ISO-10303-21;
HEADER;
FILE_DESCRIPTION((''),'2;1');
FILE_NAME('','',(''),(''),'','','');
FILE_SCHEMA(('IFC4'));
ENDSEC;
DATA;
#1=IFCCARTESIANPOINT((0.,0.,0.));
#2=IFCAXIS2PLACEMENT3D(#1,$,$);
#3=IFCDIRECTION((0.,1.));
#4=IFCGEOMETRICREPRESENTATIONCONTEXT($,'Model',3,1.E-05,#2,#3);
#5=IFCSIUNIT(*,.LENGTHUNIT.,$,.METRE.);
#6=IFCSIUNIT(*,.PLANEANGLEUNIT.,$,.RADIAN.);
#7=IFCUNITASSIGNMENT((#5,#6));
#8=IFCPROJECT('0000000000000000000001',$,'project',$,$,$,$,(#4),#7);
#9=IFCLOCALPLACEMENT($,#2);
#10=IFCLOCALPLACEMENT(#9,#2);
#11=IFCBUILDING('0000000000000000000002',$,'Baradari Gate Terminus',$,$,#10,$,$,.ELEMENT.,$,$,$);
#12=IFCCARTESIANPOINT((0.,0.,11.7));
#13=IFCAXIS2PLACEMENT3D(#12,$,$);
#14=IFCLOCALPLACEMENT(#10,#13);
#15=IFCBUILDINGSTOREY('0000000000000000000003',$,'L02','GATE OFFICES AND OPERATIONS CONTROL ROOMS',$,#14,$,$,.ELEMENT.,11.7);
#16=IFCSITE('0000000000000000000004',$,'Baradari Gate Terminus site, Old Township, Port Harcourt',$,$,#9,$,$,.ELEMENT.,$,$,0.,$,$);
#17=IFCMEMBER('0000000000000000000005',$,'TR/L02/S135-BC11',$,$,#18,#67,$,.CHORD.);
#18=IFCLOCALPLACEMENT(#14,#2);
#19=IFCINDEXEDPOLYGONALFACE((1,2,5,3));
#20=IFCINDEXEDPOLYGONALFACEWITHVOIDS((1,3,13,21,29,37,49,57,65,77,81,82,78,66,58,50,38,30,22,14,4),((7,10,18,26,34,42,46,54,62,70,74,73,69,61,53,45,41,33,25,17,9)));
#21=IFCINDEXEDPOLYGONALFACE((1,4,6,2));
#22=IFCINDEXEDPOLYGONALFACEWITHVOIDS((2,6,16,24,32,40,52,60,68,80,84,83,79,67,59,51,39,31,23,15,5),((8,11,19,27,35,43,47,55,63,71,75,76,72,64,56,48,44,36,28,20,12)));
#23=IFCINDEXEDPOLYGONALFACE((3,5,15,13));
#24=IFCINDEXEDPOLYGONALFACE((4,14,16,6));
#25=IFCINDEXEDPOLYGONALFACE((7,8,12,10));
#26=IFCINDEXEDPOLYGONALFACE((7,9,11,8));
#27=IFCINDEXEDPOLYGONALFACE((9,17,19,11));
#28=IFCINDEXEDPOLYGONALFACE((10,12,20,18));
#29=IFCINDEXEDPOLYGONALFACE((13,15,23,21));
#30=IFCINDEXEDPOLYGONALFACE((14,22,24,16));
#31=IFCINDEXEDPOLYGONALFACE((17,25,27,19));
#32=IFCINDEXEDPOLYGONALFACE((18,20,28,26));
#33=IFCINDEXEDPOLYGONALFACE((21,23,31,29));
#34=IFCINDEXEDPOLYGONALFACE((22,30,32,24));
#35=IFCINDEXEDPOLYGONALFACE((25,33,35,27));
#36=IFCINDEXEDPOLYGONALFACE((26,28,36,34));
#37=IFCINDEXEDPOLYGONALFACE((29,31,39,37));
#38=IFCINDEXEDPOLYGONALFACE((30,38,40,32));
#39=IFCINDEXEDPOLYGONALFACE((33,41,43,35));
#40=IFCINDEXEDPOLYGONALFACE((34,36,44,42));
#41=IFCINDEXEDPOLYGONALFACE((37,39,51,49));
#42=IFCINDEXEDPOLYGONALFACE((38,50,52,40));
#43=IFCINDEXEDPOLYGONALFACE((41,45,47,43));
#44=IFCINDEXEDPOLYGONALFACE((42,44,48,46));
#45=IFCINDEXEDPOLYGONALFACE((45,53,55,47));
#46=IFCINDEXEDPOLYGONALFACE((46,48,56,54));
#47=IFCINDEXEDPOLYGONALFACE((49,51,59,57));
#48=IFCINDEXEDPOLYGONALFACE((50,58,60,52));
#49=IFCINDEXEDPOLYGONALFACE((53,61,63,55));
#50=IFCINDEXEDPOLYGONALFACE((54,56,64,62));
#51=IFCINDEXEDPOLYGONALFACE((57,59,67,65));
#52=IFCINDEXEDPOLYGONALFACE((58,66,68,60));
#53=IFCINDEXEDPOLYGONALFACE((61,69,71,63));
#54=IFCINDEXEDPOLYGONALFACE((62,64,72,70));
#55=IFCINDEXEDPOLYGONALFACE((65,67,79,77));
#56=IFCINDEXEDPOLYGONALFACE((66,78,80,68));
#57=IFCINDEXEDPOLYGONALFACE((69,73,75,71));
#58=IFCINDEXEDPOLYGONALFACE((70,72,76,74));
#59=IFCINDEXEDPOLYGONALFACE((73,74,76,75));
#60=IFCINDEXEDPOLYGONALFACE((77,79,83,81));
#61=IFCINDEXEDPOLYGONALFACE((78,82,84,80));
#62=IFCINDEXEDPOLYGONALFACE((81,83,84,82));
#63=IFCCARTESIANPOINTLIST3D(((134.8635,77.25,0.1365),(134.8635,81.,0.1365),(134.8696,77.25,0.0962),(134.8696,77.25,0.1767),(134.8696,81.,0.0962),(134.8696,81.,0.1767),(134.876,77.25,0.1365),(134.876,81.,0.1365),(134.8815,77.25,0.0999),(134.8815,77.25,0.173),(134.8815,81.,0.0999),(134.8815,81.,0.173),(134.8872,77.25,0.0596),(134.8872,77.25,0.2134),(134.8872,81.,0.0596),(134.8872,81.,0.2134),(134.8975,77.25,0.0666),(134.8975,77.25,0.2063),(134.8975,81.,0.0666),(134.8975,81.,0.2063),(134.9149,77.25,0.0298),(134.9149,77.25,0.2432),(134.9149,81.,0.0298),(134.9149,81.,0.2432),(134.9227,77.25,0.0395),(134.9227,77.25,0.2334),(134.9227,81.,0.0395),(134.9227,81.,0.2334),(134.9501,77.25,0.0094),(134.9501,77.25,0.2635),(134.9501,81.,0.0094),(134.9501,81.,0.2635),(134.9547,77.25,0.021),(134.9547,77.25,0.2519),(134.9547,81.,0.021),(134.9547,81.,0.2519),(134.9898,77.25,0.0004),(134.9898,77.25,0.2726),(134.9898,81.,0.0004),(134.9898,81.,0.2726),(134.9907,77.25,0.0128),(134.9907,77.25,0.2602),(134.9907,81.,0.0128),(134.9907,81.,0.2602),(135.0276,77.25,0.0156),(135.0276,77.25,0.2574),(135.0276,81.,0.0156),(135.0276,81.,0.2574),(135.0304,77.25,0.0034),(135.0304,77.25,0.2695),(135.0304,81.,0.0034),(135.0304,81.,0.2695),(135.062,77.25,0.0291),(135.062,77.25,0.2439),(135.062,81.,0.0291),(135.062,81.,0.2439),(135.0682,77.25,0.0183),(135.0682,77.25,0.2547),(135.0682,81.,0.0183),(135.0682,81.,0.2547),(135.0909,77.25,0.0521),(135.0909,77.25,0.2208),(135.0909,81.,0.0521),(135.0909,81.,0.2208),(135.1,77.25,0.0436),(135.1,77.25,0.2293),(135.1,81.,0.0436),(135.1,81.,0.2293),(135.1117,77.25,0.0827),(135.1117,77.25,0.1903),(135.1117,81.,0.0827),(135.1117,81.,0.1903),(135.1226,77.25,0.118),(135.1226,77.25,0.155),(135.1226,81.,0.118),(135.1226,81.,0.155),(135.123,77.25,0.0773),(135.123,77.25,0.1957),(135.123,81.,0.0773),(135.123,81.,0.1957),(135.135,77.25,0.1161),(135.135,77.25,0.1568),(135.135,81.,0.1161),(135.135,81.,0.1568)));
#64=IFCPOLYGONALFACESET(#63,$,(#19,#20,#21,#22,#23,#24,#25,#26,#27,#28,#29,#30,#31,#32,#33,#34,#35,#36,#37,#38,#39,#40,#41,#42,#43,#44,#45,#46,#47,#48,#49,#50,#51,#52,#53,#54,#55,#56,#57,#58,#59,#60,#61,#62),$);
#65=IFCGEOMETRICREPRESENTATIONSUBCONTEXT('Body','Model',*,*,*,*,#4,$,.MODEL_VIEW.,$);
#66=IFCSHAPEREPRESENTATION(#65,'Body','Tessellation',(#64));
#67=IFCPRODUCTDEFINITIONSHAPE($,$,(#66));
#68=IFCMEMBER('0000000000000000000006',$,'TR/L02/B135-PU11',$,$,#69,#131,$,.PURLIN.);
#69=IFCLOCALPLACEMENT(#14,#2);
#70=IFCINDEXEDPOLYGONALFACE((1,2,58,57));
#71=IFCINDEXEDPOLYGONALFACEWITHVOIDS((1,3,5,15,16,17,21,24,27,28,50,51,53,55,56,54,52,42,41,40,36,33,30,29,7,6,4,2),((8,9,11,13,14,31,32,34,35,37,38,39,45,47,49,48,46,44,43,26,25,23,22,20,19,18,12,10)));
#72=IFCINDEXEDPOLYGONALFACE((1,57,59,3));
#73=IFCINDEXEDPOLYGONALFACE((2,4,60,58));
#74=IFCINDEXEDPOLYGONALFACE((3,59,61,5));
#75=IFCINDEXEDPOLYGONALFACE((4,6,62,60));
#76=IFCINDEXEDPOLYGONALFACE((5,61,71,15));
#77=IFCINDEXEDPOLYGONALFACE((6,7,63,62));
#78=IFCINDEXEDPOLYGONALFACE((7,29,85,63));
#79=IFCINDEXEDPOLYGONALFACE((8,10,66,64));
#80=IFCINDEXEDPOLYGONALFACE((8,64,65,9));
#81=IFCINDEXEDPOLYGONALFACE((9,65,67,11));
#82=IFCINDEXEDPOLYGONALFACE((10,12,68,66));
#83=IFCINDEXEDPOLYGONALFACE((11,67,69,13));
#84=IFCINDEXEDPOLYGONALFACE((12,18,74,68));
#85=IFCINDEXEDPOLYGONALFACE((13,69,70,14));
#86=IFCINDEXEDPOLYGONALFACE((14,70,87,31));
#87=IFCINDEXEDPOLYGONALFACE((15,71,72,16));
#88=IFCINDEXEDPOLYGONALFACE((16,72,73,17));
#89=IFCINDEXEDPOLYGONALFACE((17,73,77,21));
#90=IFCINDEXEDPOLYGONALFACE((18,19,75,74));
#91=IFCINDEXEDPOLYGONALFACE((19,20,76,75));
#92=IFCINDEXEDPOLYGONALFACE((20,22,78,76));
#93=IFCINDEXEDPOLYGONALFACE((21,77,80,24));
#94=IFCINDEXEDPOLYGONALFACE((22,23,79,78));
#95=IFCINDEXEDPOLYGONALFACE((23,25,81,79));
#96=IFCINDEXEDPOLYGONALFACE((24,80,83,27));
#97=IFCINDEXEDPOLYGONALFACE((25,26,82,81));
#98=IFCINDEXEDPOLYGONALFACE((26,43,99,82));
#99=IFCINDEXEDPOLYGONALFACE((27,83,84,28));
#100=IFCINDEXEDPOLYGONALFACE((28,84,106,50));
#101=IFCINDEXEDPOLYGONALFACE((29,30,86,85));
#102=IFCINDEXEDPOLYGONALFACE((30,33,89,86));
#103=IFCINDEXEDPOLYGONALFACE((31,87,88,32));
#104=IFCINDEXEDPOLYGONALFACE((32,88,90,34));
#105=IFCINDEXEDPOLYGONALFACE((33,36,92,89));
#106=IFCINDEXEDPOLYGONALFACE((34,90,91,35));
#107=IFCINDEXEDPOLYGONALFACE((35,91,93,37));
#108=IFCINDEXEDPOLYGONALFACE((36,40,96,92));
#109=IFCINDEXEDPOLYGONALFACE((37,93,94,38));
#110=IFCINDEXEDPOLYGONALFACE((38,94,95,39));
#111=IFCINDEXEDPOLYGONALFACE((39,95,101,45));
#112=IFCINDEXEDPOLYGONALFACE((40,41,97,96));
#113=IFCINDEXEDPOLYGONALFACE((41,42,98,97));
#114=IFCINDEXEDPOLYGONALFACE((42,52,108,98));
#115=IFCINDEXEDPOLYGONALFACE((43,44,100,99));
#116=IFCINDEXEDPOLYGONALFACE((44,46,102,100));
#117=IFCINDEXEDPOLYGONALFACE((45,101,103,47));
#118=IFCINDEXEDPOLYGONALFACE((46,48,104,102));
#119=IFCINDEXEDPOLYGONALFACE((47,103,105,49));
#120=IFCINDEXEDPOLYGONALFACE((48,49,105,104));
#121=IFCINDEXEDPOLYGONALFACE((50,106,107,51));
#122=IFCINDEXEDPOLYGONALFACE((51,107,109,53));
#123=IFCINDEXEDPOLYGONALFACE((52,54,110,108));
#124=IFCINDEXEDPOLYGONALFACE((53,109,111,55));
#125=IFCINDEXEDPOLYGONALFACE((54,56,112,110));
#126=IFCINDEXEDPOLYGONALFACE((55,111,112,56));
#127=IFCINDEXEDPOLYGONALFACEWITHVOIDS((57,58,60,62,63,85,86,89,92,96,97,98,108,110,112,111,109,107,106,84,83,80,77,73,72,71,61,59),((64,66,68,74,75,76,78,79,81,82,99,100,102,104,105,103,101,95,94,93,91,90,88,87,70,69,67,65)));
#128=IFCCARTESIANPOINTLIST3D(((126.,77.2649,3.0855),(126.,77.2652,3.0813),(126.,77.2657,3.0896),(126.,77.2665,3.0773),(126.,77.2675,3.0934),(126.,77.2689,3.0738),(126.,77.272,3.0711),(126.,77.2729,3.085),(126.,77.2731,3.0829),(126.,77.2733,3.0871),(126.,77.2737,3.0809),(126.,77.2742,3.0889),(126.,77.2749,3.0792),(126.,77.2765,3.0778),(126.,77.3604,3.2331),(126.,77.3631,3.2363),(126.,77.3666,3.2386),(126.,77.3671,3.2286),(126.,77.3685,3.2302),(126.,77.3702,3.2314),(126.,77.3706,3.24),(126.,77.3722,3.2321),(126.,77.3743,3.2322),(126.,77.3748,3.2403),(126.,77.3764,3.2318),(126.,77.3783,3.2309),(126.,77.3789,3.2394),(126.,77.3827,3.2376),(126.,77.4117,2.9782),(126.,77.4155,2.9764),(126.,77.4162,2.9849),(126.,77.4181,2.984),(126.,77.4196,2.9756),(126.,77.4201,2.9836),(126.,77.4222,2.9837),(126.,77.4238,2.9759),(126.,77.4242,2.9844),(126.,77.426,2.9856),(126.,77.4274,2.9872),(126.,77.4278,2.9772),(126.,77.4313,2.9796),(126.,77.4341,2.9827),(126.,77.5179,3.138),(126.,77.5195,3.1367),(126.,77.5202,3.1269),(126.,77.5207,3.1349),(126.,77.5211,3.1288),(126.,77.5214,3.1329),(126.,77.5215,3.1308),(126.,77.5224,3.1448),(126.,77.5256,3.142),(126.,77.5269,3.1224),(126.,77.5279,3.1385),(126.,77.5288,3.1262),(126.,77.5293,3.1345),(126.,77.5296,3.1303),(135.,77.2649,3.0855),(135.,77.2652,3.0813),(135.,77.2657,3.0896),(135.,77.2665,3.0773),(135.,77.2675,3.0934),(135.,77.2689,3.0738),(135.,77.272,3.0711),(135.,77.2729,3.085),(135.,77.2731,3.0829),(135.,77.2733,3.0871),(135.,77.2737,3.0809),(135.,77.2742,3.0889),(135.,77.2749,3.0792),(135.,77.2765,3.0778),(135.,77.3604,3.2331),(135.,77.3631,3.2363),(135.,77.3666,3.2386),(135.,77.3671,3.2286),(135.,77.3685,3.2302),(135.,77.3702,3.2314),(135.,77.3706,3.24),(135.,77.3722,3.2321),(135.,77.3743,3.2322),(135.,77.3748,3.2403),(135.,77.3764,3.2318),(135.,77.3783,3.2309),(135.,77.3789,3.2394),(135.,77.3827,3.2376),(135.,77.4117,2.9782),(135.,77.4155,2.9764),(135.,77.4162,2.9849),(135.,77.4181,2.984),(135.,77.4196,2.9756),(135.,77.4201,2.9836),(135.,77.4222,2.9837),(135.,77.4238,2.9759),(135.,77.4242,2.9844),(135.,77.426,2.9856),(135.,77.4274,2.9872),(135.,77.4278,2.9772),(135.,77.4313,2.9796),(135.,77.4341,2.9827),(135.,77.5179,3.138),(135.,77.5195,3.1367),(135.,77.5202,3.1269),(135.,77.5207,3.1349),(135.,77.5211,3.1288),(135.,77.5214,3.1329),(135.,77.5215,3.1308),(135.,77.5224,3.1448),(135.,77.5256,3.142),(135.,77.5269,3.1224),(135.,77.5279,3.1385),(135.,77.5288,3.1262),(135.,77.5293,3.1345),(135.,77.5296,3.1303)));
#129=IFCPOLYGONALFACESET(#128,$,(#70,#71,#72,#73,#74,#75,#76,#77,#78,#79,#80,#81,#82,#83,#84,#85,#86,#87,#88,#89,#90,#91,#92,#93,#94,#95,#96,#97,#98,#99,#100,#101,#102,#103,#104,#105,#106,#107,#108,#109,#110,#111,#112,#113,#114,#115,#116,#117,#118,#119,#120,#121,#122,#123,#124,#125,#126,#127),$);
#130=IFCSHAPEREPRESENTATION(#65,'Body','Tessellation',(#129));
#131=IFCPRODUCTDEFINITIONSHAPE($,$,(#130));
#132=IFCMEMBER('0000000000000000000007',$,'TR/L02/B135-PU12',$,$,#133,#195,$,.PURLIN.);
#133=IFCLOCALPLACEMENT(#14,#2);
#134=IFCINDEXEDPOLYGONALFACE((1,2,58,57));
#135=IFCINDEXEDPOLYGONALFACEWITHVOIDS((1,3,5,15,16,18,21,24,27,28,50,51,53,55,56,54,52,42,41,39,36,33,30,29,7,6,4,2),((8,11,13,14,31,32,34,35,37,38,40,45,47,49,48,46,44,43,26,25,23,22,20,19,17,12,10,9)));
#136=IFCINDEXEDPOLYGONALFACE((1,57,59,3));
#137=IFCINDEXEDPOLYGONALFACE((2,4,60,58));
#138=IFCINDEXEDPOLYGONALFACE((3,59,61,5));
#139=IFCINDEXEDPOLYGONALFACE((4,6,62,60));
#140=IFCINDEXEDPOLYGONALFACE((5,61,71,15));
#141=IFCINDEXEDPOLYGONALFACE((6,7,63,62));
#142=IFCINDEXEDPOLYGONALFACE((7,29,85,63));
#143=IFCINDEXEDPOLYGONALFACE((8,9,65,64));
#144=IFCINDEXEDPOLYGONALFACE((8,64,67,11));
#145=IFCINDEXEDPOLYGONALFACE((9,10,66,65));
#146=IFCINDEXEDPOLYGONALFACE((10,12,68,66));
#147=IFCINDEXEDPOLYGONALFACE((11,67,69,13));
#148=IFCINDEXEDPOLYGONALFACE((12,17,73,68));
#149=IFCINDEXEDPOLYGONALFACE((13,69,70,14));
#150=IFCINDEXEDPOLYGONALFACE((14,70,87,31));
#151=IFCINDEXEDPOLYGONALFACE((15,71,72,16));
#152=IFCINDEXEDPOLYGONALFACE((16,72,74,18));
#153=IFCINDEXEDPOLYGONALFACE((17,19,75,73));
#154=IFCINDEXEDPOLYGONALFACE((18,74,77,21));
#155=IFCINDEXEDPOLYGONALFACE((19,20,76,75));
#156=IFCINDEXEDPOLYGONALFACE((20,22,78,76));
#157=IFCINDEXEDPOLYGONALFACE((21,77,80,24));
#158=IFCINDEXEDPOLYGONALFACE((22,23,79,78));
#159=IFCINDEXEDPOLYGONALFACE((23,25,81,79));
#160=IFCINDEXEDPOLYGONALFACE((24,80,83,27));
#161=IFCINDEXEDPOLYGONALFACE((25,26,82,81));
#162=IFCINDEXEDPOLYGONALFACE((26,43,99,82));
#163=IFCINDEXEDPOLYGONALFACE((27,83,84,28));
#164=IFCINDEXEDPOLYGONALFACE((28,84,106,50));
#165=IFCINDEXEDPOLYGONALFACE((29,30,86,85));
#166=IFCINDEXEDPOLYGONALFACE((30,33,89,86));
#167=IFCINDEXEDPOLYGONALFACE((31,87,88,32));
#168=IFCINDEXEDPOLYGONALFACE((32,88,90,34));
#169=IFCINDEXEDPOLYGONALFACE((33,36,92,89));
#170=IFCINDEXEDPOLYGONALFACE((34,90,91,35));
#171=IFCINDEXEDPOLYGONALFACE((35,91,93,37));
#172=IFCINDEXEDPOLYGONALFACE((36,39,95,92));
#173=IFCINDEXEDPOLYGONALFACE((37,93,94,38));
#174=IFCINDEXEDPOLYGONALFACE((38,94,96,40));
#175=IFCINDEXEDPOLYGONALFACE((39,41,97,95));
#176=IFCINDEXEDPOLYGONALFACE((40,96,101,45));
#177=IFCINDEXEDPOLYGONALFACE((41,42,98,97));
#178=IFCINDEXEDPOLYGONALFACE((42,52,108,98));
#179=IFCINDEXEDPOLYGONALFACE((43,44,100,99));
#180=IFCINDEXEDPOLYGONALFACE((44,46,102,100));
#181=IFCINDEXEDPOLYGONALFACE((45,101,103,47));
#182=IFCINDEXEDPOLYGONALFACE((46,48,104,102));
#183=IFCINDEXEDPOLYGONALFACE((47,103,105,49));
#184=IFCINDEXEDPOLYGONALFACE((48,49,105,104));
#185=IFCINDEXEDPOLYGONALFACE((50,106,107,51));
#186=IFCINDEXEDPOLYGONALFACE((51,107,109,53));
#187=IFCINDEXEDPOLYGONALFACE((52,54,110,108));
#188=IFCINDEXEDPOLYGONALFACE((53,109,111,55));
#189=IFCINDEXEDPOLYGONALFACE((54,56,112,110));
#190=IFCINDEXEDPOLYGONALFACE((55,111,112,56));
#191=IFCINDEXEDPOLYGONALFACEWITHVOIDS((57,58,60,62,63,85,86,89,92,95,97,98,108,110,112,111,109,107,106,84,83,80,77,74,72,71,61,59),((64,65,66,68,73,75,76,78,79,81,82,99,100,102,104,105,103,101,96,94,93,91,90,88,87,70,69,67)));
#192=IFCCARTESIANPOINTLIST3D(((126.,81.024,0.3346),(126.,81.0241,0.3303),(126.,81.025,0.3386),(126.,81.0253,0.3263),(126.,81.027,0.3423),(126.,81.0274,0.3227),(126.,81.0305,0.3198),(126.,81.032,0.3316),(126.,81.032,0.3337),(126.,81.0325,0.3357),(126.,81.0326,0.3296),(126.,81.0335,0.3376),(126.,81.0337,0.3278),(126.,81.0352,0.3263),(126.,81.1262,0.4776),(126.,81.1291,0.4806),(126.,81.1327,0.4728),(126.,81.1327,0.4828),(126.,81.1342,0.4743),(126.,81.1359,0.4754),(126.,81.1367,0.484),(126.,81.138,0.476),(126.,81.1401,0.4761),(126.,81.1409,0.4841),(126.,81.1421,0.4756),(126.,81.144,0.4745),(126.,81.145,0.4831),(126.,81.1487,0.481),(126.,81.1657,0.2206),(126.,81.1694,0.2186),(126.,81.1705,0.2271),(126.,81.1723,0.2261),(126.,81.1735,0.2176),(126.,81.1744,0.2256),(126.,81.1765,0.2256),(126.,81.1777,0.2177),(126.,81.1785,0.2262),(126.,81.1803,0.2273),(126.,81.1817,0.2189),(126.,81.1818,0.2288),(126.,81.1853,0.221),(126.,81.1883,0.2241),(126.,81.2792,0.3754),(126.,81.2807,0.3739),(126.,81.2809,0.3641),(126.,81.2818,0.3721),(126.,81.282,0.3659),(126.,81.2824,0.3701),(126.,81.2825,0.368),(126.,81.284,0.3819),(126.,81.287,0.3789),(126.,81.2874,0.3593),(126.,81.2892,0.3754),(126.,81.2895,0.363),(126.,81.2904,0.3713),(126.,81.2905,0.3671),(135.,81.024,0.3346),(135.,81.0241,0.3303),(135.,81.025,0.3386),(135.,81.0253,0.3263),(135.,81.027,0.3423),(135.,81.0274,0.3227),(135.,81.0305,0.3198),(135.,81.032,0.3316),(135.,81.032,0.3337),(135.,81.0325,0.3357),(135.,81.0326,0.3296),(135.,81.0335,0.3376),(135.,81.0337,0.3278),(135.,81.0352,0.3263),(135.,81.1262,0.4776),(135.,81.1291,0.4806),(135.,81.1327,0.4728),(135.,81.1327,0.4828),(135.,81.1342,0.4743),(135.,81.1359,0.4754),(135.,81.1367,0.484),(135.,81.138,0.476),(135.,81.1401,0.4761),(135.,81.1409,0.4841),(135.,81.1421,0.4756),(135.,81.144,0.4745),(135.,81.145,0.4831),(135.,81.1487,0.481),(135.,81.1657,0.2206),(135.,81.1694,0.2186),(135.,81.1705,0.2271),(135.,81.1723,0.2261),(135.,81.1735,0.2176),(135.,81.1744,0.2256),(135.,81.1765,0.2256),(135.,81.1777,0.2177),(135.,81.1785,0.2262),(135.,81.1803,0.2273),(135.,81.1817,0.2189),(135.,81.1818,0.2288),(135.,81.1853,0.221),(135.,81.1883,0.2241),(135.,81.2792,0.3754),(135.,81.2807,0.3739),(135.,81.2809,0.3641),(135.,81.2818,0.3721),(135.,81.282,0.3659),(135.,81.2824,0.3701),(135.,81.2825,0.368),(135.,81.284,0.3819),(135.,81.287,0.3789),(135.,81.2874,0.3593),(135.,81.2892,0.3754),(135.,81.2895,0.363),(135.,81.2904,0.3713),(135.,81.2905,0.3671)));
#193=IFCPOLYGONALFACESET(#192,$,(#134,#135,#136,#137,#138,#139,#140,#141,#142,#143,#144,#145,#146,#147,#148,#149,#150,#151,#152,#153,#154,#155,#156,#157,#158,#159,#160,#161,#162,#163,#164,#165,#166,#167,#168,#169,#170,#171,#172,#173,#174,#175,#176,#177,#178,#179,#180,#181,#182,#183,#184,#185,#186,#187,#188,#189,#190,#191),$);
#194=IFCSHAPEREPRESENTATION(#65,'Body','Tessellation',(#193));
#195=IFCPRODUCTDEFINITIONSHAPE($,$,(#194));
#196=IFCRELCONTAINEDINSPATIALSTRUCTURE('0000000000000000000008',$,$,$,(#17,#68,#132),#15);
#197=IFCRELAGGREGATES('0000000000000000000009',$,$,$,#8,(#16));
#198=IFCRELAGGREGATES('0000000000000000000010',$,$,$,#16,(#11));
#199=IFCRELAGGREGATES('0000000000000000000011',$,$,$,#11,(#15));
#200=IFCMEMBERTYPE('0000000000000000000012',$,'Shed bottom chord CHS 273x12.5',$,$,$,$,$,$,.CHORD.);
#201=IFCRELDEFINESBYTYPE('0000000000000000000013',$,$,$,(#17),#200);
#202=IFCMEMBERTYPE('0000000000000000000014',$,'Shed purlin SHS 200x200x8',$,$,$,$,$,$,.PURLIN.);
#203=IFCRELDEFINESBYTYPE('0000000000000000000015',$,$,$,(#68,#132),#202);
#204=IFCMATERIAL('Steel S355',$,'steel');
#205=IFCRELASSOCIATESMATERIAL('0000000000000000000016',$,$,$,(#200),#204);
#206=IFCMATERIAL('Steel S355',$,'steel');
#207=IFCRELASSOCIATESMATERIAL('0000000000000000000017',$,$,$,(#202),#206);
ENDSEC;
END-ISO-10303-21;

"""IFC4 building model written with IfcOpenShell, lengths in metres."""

from ifc_helpers import new_model, si_unit, direction, frame, origin, origin_2d, place, context, subcontext, project, spatial, hollow_rectangle, hollow_circle, extrude, material, material_profile, profile_set, type_object, element, save


model = new_model("IFC4")

# Units and contexts
model_context = context("Model", 3, precision=1e-05, world=origin(), true_north=direction((0.0, 1.0)))
body_context = subcontext(model_context, "Body", "Model", "MODEL_VIEW")
ifc_project = project(units=[si_unit("LENGTHUNIT", "METRE"), si_unit("PLANEANGLEUNIT", "RADIAN")], contexts=[model_context])

# Site, building, storey
site_placement = place(None, origin())
site = spatial("IfcSite", under=ifc_project, at=site_placement, Name="Baradari Gate Terminus site, Old Township, Port Harcourt", CompositionType="ELEMENT", RefElevation=0.0)
building_placement = place(site_placement, origin())
building = spatial("IfcBuilding", under=site, at=building_placement, Name="Baradari Gate Terminus", CompositionType="ELEMENT")
storey_placement = place(building_placement, frame((0.0, 0.0, 11.7)))
storey = spatial("IfcBuildingStorey", under=building, at=storey_placement, Name="L02", Description="GATE OFFICES AND OPERATIONS CONTROL ROOMS", CompositionType="ELEMENT", Elevation=11.7)

# Members
ifc_material_1 = material(Name="Steel S355", Category="steel")
ifc_material_profile_1 = material_profile(ifc_material_1, hollow_circle(Radius=0.1365, WallThickness=0.0125, at=origin_2d()), Name="CHS 273x12.5")
ifc_profile_set_1 = profile_set([ifc_material_profile_1], Name="Steel S355")
member_type_1 = type_object("IfcMemberType", Name="Shed bottom chord CHS 273x12.5", PredefinedType="CHORD", material=ifc_profile_set_1)
for number, where, z_axis, x_axis, name in (
    (1, (135.0, 77.25, 0.1365), (0.0, 1.0, 0.0), (-1.0, 0.0, 0.0), "TR/L02/S135-BC11"),
):
    element("IfcMember", number, at=place(storey_placement, frame(where, z_axis=z_axis, x_axis=x_axis)), inside=storey, type_object=member_type_1, Name=name, PredefinedType="CHORD", context=body_context, shape_type="SweptSolid", body=[
        extrude(hollow_circle(Radius=0.1365, WallThickness=0.0125, at=origin_2d()), origin(), (0.0, 0.0, 1.0), 3.75),
    ])
ifc_material_2 = material(Name="Steel S355", Category="steel")
ifc_material_profile_2 = material_profile(ifc_material_2, hollow_rectangle(XDim=0.2, YDim=0.2, WallThickness=0.0081, InnerFilletRadius=0.0081, OuterFilletRadius=0.0161, at=origin_2d()), Name="SHS 200x200x8")
ifc_profile_set_2 = profile_set([ifc_material_profile_2], Name="Steel S355")
member_type_2 = type_object("IfcMemberType", Name="Shed purlin SHS 200x200x8", PredefinedType="PURLIN", material=ifc_profile_set_2)
for number, where, z_axis, x_axis, name in (
    (2, (126.0, 77.3972, 3.1079), (1.0, 0.0, 0.0), (0.0, 0.832836, -0.553519), "TR/L02/B135-PU11"),
    (3, (126.0, 81.1572, 0.3508), (1.0, 0.0, 0.0), (0.0, 0.806405, -0.591364), "TR/L02/B135-PU12"),
):
    element("IfcMember", number, at=place(storey_placement, frame(where, z_axis=z_axis, x_axis=x_axis)), inside=storey, type_object=member_type_2, Name=name, PredefinedType="PURLIN", context=body_context, shape_type="SweptSolid", body=[
        extrude(hollow_rectangle(XDim=0.2, YDim=0.2, WallThickness=0.0081, InnerFilletRadius=0.0081, OuterFilletRadius=0.0161, at=origin_2d()), origin(), (0.0, 0.0, 1.0), 9.0),
    ])

save(model, "model.ifc")
